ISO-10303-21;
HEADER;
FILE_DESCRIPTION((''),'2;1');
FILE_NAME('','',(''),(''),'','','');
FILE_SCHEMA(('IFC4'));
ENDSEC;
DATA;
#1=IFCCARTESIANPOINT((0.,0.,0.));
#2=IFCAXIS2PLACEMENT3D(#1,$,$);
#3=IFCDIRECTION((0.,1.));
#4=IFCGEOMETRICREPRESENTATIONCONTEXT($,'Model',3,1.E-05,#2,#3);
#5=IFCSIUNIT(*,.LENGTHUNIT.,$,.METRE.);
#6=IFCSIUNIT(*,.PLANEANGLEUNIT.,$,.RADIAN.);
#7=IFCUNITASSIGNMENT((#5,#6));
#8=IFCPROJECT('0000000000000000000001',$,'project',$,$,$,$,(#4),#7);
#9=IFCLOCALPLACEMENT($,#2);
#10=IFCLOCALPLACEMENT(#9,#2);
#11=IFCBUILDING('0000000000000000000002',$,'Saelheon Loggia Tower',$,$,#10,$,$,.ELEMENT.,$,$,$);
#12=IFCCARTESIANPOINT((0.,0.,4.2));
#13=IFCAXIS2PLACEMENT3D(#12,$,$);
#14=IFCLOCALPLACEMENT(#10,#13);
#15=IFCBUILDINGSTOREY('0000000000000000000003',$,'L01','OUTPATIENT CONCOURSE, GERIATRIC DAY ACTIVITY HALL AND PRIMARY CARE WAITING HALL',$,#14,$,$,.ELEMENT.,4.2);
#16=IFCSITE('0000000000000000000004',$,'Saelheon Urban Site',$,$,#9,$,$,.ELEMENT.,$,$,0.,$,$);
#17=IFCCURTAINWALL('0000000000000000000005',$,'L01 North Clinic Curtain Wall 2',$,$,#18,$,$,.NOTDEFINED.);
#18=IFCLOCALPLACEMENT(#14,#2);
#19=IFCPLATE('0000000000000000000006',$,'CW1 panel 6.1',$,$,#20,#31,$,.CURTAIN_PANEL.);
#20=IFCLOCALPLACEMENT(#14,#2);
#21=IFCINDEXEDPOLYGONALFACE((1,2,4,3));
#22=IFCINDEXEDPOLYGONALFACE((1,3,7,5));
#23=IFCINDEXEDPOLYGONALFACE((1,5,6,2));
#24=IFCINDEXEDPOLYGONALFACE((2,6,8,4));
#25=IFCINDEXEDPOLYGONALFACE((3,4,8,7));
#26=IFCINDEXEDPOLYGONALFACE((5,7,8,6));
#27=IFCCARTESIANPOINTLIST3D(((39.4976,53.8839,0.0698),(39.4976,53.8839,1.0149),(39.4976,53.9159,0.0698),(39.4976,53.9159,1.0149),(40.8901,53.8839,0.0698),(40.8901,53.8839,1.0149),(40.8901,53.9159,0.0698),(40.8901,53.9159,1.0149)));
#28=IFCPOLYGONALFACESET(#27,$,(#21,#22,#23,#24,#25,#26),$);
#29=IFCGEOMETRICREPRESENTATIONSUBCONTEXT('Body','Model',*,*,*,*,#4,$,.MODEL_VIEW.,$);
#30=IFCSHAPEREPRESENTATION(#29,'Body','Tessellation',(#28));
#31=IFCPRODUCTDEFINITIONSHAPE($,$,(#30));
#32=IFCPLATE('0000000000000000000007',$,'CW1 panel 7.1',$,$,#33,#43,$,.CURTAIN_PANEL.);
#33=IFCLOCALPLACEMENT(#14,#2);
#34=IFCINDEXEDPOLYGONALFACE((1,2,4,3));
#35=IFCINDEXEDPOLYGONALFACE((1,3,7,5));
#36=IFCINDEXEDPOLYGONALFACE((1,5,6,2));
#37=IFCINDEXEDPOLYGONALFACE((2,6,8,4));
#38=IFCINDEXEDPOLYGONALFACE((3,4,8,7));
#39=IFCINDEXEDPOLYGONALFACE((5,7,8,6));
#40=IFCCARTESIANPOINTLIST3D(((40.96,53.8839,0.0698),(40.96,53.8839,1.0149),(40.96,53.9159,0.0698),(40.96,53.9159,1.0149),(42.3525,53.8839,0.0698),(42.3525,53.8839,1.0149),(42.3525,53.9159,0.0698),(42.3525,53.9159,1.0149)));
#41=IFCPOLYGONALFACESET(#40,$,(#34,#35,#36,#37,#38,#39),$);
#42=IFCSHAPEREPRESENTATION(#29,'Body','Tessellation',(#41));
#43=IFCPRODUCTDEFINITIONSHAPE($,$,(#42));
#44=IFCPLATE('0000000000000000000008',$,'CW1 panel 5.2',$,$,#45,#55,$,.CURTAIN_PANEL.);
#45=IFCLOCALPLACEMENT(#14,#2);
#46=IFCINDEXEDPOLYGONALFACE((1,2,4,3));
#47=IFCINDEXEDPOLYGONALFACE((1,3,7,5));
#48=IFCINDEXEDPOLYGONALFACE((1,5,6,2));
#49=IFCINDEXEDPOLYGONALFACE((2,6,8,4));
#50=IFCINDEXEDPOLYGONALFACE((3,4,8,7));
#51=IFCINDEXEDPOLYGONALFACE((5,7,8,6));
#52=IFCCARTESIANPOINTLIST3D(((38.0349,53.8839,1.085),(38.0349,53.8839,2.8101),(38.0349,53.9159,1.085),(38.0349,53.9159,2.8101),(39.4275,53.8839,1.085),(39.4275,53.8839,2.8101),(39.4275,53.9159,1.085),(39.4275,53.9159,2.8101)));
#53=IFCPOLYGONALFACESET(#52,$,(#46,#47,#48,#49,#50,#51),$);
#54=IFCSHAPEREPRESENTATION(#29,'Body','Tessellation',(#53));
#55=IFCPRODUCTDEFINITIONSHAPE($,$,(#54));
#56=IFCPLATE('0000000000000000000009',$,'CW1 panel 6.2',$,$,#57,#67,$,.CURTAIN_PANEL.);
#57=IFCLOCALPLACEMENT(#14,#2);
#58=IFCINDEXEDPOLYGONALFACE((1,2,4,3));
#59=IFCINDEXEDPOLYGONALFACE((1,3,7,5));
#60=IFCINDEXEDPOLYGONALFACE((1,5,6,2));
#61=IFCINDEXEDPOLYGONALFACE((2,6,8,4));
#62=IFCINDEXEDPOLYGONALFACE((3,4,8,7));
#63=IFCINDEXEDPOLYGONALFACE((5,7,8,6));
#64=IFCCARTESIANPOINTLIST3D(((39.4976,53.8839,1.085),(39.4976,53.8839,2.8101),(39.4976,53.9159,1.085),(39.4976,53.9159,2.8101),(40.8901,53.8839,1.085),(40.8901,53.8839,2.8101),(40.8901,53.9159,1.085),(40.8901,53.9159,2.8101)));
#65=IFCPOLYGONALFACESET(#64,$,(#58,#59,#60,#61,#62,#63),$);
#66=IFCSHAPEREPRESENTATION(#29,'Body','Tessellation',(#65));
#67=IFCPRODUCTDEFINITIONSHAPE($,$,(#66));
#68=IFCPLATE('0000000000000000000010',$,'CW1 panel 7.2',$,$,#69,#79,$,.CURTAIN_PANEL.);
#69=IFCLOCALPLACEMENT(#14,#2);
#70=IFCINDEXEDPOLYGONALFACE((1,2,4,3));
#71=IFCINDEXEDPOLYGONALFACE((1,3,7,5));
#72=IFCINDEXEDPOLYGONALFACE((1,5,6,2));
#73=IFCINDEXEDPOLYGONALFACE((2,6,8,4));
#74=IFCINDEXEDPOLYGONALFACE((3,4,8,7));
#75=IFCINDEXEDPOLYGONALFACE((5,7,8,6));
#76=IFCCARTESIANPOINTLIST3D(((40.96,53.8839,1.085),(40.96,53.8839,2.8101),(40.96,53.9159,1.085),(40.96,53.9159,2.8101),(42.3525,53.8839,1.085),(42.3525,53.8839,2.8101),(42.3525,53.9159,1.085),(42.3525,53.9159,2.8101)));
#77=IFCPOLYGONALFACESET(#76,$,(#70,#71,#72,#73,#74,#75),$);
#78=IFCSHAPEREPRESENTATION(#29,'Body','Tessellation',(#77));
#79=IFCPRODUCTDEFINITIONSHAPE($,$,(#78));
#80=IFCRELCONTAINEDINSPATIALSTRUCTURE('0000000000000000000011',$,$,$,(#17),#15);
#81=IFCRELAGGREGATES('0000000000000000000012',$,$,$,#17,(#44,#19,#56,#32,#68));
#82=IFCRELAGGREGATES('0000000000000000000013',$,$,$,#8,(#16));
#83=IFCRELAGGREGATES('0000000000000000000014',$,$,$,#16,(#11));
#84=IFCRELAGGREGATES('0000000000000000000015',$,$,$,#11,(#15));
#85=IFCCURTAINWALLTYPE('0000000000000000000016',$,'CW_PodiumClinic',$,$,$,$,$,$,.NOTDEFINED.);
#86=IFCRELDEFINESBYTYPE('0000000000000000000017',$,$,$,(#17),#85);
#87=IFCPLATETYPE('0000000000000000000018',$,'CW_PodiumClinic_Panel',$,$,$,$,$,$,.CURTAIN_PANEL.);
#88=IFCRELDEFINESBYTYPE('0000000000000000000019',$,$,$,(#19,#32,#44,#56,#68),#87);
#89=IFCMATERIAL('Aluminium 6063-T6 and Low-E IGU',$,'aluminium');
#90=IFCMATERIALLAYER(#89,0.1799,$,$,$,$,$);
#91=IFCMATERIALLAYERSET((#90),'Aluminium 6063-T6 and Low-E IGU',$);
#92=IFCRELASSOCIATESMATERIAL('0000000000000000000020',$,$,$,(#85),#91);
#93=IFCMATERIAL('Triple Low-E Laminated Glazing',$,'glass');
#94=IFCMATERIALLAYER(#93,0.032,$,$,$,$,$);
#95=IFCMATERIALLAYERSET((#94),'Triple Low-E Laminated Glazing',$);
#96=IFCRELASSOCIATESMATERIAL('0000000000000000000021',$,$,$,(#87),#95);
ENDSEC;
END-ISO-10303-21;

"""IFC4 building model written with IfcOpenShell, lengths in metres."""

from ifc_helpers import new_model, si_unit, direction, frame, origin, origin_2d, place, context, subcontext, project, spatial, rectangle, extrude, source, transform, mapped, material, layer, layer_set, type_object, element, aggregate, save


model = new_model("IFC4")

# Units and contexts
model_context = context("Model", 3, precision=1e-05, world=origin(), true_north=direction((0.0, 1.0)))
body_context = subcontext(model_context, "Body", "Model", "MODEL_VIEW")
ifc_project = project(units=[si_unit("LENGTHUNIT", "METRE"), si_unit("PLANEANGLEUNIT", "RADIAN")], contexts=[model_context])

# Site, building, storey
site_placement = place(None, origin())
site = spatial("IfcSite", under=ifc_project, at=site_placement, Name="Saelheon Urban Site", CompositionType="ELEMENT", RefElevation=0.0)
building_placement = place(site_placement, origin())
building = spatial("IfcBuilding", under=site, at=building_placement, Name="Saelheon Loggia Tower", CompositionType="ELEMENT")
storey_placement = place(building_placement, frame((0.0, 0.0, 4.2)))
storey = spatial("IfcBuildingStorey", under=building, at=storey_placement, Name="L01", Description="OUTPATIENT CONCOURSE, GERIATRIC DAY ACTIVITY HALL AND PRIMARY CARE WAITING HALL", CompositionType="ELEMENT", Elevation=4.2)

# Curtain wall
ifc_material_1 = material(Name="Aluminium 6063-T6 and Low-E IGU", Category="aluminium")
ifc_layer_1 = layer(ifc_material_1, 0.1799)
ifc_layer_set_1 = layer_set([ifc_layer_1], Name="Aluminium 6063-T6 and Low-E IGU")
curtain_wall_type = type_object("IfcCurtainWallType", Name="CW_PodiumClinic", PredefinedType="NOTDEFINED", material=ifc_layer_set_1)
curtain_wall_1_placement = place(storey_placement, origin())
curtain_wall_1 = element("IfcCurtainWall", 1, at=curtain_wall_1_placement, inside=storey, type_object=curtain_wall_type, Name="L01 North Clinic Curtain Wall 2", PredefinedType="NOTDEFINED")

# Plates
ifc_material_2 = material(Name="Triple Low-E Laminated Glazing", Category="glass")
ifc_layer_2 = layer(ifc_material_2, 0.032)
ifc_layer_set_2 = layer_set([ifc_layer_2], Name="Triple Low-E Laminated Glazing")
plate_type = type_object("IfcPlateType", Name="CW_PodiumClinic_Panel", PredefinedType="CURTAIN_PANEL", material=ifc_layer_set_2)
shared_shape_1 = source(origin(), body_context, "Body", "SweptSolid", [
    extrude(rectangle(XDim=1.3926, YDim=0.032, at=origin_2d()), origin(), (0.0, 0.0, 1.0), 0.9451),
])
plate_1_placement = place(storey_placement, frame((40.1938, 53.8999, 0.0698), z_axis=(0.0, 0.0, 1.0), x_axis=(1.0, 0.0, 0.0)))
plate_1 = element("IfcPlate", 2, at=plate_1_placement, type_object=plate_type, Name="CW1 panel 6.1", PredefinedType="CURTAIN_PANEL", context=body_context, shape_type="MappedRepresentation", body=[
    mapped(shared_shape_1, transform((0.0, 0.0, 0.0), scale=1.0)),
])
plate_2_placement = place(storey_placement, frame((41.6562, 53.8999, 0.0698), z_axis=(0.0, 0.0, 1.0), x_axis=(1.0, 0.0, 0.0)))
plate_2 = element("IfcPlate", 3, at=plate_2_placement, type_object=plate_type, Name="CW1 panel 7.1", PredefinedType="CURTAIN_PANEL", context=body_context, shape_type="MappedRepresentation", body=[
    mapped(shared_shape_1, transform((0.0, 0.0, 0.0), scale=1.0)),
])
shared_shape_2 = source(origin(), body_context, "Body", "SweptSolid", [
    extrude(rectangle(XDim=1.3926, YDim=0.032, at=origin_2d()), origin(), (0.0, 0.0, 1.0), 1.7251),
])
plate_3_placement = place(storey_placement, frame((38.7312, 53.8999, 1.085), z_axis=(0.0, 0.0, 1.0), x_axis=(1.0, 0.0, 0.0)))
plate_3 = element("IfcPlate", 4, at=plate_3_placement, type_object=plate_type, Name="CW1 panel 5.2", PredefinedType="CURTAIN_PANEL", context=body_context, shape_type="MappedRepresentation", body=[
    mapped(shared_shape_2, transform((0.0, 0.0, 0.0), scale=1.0)),
])
plate_4_placement = place(storey_placement, frame((40.1938, 53.8999, 1.085), z_axis=(0.0, 0.0, 1.0), x_axis=(1.0, 0.0, 0.0)))
plate_4 = element("IfcPlate", 5, at=plate_4_placement, type_object=plate_type, Name="CW1 panel 6.2", PredefinedType="CURTAIN_PANEL", context=body_context, shape_type="MappedRepresentation", body=[
    mapped(shared_shape_2, transform((0.0, 0.0, 0.0), scale=1.0)),
])
plate_5_placement = place(storey_placement, frame((41.6562, 53.8999, 1.085), z_axis=(0.0, 0.0, 1.0), x_axis=(1.0, 0.0, 0.0)))
plate_5 = element("IfcPlate", 6, at=plate_5_placement, type_object=plate_type, Name="CW1 panel 7.2", PredefinedType="CURTAIN_PANEL", context=body_context, shape_type="MappedRepresentation", body=[
    mapped(shared_shape_2, transform((0.0, 0.0, 0.0), scale=1.0)),
])
aggregate(curtain_wall_1, [plate_3, plate_1, plate_4, plate_2, plate_5])

save(model, "model.ifc")
